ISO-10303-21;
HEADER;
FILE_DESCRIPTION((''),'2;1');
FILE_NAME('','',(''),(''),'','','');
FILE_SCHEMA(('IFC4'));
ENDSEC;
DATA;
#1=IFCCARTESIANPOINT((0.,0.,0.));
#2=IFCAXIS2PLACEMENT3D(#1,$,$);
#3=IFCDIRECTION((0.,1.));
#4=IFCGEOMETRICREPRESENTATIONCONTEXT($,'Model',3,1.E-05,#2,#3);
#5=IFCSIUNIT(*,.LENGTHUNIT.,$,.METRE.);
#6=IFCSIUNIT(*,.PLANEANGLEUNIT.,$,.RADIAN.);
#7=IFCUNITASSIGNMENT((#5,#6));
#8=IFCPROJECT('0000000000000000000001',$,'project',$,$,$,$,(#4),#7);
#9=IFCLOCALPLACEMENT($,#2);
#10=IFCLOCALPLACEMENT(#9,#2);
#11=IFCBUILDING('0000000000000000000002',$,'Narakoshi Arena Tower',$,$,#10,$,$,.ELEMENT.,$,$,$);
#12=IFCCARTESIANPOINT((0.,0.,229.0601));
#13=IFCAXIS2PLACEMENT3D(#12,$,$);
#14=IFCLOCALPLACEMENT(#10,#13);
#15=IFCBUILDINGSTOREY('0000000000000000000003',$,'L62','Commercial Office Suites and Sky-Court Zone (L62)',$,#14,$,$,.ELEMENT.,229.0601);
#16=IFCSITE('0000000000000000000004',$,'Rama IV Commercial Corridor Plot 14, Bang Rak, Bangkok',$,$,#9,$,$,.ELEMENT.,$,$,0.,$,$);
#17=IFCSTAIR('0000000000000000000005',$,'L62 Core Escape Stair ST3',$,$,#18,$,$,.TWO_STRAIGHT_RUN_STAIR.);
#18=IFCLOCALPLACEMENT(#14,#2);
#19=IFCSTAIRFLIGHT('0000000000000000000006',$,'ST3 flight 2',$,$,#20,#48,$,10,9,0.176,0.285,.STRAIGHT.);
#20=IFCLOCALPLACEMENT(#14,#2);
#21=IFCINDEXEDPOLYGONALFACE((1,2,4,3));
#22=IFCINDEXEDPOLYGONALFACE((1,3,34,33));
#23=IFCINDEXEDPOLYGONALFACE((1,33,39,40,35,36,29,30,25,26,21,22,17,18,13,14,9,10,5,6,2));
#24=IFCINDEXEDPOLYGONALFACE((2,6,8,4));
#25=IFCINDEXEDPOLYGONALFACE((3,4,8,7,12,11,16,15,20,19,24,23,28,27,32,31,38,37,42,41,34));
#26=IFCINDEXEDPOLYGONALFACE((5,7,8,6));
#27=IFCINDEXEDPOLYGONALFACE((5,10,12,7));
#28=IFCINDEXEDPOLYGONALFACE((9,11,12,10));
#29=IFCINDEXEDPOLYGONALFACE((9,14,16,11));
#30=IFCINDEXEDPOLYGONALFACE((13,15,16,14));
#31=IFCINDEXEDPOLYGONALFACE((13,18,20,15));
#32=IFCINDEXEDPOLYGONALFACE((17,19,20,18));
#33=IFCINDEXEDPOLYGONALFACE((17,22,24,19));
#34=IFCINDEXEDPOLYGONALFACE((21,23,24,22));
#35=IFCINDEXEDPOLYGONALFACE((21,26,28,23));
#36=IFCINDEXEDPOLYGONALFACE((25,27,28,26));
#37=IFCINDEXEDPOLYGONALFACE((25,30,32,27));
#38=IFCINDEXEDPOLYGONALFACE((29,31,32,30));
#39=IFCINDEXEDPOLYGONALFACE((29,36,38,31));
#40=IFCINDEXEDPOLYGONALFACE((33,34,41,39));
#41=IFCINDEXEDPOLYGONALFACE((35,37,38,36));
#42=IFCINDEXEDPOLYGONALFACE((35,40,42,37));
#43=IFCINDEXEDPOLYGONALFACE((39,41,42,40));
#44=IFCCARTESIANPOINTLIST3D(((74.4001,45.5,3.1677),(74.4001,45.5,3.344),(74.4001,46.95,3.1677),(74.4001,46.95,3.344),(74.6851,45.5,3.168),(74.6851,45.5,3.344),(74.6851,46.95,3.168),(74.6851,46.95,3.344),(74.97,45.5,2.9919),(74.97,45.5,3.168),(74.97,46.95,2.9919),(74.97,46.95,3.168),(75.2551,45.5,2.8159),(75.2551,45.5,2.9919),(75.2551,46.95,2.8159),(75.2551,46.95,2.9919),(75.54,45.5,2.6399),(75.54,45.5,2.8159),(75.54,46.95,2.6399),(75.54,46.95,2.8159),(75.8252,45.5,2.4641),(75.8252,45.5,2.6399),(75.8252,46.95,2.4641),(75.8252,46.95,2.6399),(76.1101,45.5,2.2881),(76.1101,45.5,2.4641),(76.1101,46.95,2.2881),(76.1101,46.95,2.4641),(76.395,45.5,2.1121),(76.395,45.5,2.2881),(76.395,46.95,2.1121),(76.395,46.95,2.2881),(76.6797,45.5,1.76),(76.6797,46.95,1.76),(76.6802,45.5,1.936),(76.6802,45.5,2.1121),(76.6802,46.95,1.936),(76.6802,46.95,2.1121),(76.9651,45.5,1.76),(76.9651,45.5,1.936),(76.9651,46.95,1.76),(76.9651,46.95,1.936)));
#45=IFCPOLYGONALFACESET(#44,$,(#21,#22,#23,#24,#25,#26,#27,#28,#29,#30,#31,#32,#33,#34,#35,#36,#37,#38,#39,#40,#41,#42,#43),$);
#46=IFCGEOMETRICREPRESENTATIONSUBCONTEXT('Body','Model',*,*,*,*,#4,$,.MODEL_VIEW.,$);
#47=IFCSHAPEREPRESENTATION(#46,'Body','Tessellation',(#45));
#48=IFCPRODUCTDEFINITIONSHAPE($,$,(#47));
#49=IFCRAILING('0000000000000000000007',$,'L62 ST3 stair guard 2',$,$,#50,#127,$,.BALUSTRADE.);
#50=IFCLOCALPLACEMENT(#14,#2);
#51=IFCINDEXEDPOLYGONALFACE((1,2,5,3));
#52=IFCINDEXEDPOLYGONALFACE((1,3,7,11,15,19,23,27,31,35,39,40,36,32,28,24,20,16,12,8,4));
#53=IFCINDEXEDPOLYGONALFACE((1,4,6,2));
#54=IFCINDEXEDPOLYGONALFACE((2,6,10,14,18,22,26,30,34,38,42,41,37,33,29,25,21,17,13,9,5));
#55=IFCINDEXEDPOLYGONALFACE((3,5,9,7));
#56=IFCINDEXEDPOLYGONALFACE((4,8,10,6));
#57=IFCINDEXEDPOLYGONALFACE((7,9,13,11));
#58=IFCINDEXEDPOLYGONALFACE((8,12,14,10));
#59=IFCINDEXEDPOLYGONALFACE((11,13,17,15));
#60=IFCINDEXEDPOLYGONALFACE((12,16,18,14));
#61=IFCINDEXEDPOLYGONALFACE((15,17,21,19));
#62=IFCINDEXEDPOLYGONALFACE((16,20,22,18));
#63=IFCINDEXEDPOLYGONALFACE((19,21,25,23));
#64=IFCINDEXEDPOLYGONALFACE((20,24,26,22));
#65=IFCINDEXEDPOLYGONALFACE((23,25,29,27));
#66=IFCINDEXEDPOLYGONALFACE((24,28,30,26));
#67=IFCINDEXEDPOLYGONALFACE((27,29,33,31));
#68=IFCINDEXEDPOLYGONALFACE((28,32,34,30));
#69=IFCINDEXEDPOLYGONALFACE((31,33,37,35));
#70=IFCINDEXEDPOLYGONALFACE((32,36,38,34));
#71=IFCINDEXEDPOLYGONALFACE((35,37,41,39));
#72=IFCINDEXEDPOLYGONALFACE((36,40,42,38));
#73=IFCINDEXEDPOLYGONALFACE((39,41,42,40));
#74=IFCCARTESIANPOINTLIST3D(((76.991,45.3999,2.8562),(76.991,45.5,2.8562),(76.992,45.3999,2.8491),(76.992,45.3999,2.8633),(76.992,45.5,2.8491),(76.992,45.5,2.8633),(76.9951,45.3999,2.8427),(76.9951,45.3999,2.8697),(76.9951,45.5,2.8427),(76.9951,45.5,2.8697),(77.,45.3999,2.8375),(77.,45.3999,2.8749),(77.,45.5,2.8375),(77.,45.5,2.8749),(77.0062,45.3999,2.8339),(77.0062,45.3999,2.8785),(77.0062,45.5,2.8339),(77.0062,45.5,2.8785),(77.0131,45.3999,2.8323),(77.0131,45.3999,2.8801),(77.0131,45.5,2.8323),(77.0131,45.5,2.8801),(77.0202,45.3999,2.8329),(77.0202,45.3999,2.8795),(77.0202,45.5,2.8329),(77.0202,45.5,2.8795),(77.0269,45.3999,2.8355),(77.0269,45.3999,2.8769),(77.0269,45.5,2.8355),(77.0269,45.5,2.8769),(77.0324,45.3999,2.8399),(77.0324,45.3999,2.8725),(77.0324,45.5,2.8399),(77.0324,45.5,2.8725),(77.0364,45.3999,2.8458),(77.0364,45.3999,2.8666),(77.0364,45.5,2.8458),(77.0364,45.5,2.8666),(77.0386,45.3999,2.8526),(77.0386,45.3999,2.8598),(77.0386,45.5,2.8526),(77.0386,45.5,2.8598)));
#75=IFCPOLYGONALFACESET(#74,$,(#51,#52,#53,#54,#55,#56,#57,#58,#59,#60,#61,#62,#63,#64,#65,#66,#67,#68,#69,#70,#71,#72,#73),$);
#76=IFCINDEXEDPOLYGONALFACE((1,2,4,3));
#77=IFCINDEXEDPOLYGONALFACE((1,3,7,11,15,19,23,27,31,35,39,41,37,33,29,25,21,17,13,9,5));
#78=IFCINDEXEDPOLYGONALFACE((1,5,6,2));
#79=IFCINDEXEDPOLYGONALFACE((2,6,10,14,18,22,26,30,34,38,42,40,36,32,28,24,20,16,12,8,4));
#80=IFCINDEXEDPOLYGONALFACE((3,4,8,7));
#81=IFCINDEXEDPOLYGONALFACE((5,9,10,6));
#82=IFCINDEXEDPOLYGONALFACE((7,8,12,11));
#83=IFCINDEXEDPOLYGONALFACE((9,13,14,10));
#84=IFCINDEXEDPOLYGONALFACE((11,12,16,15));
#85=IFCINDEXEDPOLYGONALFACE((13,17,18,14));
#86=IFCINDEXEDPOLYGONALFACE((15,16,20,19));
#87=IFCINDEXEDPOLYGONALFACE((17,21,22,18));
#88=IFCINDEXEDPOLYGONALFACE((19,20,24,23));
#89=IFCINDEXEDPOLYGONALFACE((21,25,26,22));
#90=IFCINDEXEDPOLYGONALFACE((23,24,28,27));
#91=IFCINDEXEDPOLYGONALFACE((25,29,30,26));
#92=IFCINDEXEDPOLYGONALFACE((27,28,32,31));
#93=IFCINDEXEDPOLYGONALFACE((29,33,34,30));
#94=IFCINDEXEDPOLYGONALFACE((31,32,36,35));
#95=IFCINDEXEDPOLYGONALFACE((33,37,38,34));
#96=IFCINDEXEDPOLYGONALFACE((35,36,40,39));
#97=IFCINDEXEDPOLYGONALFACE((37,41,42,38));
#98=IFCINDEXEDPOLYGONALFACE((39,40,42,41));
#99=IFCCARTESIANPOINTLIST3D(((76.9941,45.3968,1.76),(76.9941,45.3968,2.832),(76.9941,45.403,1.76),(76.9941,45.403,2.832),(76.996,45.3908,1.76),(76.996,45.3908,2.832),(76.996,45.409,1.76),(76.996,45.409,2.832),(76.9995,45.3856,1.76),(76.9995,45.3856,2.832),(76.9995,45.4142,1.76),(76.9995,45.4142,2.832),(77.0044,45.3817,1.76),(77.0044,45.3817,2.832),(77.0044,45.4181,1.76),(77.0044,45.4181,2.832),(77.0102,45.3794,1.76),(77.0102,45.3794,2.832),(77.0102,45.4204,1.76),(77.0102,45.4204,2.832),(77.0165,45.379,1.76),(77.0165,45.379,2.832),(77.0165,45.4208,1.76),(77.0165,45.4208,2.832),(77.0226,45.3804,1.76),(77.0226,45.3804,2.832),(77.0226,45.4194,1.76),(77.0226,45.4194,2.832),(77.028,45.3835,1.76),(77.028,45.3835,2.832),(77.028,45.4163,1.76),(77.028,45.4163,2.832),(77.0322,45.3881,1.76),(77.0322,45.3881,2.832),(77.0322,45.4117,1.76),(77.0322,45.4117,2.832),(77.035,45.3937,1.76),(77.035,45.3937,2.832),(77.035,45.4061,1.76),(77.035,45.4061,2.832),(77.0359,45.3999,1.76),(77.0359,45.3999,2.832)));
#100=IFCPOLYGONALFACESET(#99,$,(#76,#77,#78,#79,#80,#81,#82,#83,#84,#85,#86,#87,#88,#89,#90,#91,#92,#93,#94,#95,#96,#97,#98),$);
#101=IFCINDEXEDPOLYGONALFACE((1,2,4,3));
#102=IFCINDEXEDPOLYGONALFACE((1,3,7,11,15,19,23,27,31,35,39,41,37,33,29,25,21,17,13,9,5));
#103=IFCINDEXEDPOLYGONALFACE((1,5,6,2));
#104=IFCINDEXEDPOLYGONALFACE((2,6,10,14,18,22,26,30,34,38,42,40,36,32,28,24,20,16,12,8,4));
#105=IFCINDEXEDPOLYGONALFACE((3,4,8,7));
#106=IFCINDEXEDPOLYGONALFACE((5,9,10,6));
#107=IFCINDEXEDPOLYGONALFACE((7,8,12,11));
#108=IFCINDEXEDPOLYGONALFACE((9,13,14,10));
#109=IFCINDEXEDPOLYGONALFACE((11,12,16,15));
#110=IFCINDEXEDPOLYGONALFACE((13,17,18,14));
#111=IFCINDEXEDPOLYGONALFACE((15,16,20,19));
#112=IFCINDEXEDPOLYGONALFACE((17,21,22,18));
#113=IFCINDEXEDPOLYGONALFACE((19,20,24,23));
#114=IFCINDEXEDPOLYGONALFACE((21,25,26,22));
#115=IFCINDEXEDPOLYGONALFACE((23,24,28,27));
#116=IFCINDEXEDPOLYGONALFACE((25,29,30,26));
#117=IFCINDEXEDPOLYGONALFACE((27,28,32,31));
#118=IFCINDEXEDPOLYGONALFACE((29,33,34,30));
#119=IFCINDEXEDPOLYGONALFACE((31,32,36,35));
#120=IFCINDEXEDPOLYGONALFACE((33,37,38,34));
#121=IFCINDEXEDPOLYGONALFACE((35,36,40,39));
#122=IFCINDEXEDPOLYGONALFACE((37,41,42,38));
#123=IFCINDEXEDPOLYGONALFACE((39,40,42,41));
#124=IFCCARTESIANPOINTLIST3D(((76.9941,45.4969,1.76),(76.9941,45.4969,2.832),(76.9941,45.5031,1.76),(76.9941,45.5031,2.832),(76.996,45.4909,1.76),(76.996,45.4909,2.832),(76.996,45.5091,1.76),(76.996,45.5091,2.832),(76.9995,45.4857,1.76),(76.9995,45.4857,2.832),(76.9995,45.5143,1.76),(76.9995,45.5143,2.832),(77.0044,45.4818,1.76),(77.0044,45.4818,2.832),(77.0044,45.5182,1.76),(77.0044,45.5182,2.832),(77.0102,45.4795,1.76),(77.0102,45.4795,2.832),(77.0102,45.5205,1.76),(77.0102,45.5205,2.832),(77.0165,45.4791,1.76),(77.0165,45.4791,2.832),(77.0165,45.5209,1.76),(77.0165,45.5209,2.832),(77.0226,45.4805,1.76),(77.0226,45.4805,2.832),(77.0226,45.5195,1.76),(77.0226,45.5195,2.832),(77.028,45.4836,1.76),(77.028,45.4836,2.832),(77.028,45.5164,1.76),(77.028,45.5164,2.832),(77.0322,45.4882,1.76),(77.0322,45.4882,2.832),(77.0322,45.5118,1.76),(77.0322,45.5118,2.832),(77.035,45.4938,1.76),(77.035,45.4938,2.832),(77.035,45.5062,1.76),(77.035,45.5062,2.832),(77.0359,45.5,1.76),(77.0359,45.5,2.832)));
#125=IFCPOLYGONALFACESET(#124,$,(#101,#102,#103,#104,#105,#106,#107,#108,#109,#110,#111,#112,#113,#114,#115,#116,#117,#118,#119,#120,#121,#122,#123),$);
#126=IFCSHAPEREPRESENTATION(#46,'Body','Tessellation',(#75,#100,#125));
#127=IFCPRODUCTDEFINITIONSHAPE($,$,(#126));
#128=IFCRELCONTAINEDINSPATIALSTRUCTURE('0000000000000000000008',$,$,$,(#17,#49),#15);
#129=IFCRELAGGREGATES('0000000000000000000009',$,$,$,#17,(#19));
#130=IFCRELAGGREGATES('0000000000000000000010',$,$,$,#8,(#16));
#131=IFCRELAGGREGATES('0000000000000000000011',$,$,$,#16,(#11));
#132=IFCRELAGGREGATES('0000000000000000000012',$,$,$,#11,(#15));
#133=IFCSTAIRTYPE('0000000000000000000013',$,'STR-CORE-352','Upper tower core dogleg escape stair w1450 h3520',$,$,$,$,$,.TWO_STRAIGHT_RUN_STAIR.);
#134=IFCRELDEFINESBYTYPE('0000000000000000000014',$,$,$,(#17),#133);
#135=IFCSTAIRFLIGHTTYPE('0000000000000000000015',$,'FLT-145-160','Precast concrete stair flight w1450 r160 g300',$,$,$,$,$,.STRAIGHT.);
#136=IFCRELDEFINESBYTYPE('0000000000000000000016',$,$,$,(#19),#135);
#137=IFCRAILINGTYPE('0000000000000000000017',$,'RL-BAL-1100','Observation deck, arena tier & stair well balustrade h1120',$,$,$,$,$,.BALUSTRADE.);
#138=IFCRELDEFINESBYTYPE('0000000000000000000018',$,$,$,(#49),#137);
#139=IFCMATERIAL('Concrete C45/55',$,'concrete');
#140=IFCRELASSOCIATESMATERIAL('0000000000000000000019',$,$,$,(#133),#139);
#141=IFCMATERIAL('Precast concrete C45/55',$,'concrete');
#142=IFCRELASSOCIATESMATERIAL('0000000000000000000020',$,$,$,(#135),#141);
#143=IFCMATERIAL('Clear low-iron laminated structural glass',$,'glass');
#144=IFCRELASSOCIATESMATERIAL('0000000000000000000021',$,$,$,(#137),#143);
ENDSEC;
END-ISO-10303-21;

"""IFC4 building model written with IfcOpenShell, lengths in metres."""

from ifc_helpers import new_model, si_unit, direction, frame, origin, origin_2d, place, context, subcontext, project, spatial, polyline, circle, outline, extrude, material, type_object, element, aggregate, save


model = new_model("IFC4")

# Units and contexts
model_context = context("Model", 3, precision=1e-05, world=origin(), true_north=direction((0.0, 1.0)))
body_context = subcontext(model_context, "Body", "Model", "MODEL_VIEW")
ifc_project = project(units=[si_unit("LENGTHUNIT", "METRE"), si_unit("PLANEANGLEUNIT", "RADIAN")], contexts=[model_context])

# Site, building, storey
site_placement = place(None, origin())
site = spatial("IfcSite", under=ifc_project, at=site_placement, Name="Rama IV Commercial Corridor Plot 14, Bang Rak, Bangkok", CompositionType="ELEMENT", RefElevation=0.0)
building_placement = place(site_placement, origin())
building = spatial("IfcBuilding", under=site, at=building_placement, Name="Narakoshi Arena Tower", CompositionType="ELEMENT")
storey_placement = place(building_placement, frame((0.0, 0.0, 229.0601)))
storey = spatial("IfcBuildingStorey", under=building, at=storey_placement, Name="L62", Description="Commercial Office Suites and Sky-Court Zone (L62)", CompositionType="ELEMENT", Elevation=229.0601)

# Stair, stair flight
ifc_material_1 = material(Name="Concrete C45/55", Category="concrete")
stair_type = type_object("IfcStairType", Name="STR-CORE-352", Description="Upper tower core dogleg escape stair w1450 h3520", PredefinedType="TWO_STRAIGHT_RUN_STAIR", material=ifc_material_1)
stair_placement = place(storey_placement, origin())
stair = element("IfcStair", 1, at=stair_placement, inside=storey, type_object=stair_type, Name="L62 Core Escape Stair ST3", PredefinedType="TWO_STRAIGHT_RUN_STAIR")
ifc_material_2 = material(Name="Precast concrete C45/55", Category="concrete")
stair_flight_type = type_object("IfcStairFlightType", Name="FLT-145-160", Description="Precast concrete stair flight w1450 r160 g300", PredefinedType="STRAIGHT", material=ifc_material_2)
stair_flight_placement = place(storey_placement, frame((76.9651, 46.2251, 1.76), z_axis=(0.0, 0.0, 1.0), x_axis=(-1.0, 0.0, 0.0)))
stair_flight = element("IfcStairFlight", 2, at=stair_flight_placement, type_object=stair_flight_type, Name="ST3 flight 2", NumberOfRisers=10, NumberOfTreads=9, PredefinedType="STRAIGHT", RiserHeight=0.176, TreadLength=0.285, context=body_context, shape_type="SweptSolid", body=[
    extrude(outline(polyline([(0.0, 0.0), (0.0, 0.176), (0.2849, 0.176), (0.2849, 0.3521), (0.5701, 0.3521), (0.5701, 0.5281), (0.855, 0.5281), (0.855, 0.7041), (1.1399, 0.7041), (1.1399, 0.8799), (1.425, 0.8799), (1.425, 1.0559), (1.71, 1.0559), (1.71, 1.2319), (1.9951, 1.2319), (1.9951, 1.408), (2.28, 1.408), (2.28, 1.584), (2.5649, 1.584), (2.5649, 1.76), (2.5649, 1.4077), (0.2854, 0.0), (0.0, 0.0)])), frame((0.0, 0.7251, 0.0), z_axis=(0.0, -1.0, 0.0), x_axis=(1.0, 0.0, 0.0)), (0.0, 0.0, 1.0), 1.45),
])
aggregate(stair, [stair_flight])

# Railing
ifc_material_3 = material(Name="Clear low-iron laminated structural glass", Category="glass")
railing_type_1 = type_object("IfcRailingType", Name="RL-BAL-1100", Description="Observation deck, arena tier & stair well balustrade h1120", PredefinedType="BALUSTRADE", material=ifc_material_3)
railing_1_placement = place(storey_placement, frame((77.0149, 45.3999, 1.76)))
element("IfcRailing", 3, at=railing_1_placement, inside=storey, type_object=railing_type_1, Name="L62 ST3 stair guard 2", PredefinedType="BALUSTRADE", context=body_context, shape_type="SweptSolid", body=[
    extrude(circle(Radius=0.0239, at=origin_2d()), frame((0.0, 0.0, 1.0962), z_axis=(0.0, 1.0, 0.0), x_axis=(-1.0, 0.0, 0.0)), (0.0, 0.0, 1.0), 0.1001),
    extrude(circle(Radius=0.021, at=origin_2d()), origin(), (0.0, 0.0, 1.0), 1.072),
    extrude(circle(Radius=0.021, at=origin_2d()), frame((0.0, 0.1001, 0.0)), (0.0, 0.0, 1.0), 1.072),
])

save(model, "model.ifc")
